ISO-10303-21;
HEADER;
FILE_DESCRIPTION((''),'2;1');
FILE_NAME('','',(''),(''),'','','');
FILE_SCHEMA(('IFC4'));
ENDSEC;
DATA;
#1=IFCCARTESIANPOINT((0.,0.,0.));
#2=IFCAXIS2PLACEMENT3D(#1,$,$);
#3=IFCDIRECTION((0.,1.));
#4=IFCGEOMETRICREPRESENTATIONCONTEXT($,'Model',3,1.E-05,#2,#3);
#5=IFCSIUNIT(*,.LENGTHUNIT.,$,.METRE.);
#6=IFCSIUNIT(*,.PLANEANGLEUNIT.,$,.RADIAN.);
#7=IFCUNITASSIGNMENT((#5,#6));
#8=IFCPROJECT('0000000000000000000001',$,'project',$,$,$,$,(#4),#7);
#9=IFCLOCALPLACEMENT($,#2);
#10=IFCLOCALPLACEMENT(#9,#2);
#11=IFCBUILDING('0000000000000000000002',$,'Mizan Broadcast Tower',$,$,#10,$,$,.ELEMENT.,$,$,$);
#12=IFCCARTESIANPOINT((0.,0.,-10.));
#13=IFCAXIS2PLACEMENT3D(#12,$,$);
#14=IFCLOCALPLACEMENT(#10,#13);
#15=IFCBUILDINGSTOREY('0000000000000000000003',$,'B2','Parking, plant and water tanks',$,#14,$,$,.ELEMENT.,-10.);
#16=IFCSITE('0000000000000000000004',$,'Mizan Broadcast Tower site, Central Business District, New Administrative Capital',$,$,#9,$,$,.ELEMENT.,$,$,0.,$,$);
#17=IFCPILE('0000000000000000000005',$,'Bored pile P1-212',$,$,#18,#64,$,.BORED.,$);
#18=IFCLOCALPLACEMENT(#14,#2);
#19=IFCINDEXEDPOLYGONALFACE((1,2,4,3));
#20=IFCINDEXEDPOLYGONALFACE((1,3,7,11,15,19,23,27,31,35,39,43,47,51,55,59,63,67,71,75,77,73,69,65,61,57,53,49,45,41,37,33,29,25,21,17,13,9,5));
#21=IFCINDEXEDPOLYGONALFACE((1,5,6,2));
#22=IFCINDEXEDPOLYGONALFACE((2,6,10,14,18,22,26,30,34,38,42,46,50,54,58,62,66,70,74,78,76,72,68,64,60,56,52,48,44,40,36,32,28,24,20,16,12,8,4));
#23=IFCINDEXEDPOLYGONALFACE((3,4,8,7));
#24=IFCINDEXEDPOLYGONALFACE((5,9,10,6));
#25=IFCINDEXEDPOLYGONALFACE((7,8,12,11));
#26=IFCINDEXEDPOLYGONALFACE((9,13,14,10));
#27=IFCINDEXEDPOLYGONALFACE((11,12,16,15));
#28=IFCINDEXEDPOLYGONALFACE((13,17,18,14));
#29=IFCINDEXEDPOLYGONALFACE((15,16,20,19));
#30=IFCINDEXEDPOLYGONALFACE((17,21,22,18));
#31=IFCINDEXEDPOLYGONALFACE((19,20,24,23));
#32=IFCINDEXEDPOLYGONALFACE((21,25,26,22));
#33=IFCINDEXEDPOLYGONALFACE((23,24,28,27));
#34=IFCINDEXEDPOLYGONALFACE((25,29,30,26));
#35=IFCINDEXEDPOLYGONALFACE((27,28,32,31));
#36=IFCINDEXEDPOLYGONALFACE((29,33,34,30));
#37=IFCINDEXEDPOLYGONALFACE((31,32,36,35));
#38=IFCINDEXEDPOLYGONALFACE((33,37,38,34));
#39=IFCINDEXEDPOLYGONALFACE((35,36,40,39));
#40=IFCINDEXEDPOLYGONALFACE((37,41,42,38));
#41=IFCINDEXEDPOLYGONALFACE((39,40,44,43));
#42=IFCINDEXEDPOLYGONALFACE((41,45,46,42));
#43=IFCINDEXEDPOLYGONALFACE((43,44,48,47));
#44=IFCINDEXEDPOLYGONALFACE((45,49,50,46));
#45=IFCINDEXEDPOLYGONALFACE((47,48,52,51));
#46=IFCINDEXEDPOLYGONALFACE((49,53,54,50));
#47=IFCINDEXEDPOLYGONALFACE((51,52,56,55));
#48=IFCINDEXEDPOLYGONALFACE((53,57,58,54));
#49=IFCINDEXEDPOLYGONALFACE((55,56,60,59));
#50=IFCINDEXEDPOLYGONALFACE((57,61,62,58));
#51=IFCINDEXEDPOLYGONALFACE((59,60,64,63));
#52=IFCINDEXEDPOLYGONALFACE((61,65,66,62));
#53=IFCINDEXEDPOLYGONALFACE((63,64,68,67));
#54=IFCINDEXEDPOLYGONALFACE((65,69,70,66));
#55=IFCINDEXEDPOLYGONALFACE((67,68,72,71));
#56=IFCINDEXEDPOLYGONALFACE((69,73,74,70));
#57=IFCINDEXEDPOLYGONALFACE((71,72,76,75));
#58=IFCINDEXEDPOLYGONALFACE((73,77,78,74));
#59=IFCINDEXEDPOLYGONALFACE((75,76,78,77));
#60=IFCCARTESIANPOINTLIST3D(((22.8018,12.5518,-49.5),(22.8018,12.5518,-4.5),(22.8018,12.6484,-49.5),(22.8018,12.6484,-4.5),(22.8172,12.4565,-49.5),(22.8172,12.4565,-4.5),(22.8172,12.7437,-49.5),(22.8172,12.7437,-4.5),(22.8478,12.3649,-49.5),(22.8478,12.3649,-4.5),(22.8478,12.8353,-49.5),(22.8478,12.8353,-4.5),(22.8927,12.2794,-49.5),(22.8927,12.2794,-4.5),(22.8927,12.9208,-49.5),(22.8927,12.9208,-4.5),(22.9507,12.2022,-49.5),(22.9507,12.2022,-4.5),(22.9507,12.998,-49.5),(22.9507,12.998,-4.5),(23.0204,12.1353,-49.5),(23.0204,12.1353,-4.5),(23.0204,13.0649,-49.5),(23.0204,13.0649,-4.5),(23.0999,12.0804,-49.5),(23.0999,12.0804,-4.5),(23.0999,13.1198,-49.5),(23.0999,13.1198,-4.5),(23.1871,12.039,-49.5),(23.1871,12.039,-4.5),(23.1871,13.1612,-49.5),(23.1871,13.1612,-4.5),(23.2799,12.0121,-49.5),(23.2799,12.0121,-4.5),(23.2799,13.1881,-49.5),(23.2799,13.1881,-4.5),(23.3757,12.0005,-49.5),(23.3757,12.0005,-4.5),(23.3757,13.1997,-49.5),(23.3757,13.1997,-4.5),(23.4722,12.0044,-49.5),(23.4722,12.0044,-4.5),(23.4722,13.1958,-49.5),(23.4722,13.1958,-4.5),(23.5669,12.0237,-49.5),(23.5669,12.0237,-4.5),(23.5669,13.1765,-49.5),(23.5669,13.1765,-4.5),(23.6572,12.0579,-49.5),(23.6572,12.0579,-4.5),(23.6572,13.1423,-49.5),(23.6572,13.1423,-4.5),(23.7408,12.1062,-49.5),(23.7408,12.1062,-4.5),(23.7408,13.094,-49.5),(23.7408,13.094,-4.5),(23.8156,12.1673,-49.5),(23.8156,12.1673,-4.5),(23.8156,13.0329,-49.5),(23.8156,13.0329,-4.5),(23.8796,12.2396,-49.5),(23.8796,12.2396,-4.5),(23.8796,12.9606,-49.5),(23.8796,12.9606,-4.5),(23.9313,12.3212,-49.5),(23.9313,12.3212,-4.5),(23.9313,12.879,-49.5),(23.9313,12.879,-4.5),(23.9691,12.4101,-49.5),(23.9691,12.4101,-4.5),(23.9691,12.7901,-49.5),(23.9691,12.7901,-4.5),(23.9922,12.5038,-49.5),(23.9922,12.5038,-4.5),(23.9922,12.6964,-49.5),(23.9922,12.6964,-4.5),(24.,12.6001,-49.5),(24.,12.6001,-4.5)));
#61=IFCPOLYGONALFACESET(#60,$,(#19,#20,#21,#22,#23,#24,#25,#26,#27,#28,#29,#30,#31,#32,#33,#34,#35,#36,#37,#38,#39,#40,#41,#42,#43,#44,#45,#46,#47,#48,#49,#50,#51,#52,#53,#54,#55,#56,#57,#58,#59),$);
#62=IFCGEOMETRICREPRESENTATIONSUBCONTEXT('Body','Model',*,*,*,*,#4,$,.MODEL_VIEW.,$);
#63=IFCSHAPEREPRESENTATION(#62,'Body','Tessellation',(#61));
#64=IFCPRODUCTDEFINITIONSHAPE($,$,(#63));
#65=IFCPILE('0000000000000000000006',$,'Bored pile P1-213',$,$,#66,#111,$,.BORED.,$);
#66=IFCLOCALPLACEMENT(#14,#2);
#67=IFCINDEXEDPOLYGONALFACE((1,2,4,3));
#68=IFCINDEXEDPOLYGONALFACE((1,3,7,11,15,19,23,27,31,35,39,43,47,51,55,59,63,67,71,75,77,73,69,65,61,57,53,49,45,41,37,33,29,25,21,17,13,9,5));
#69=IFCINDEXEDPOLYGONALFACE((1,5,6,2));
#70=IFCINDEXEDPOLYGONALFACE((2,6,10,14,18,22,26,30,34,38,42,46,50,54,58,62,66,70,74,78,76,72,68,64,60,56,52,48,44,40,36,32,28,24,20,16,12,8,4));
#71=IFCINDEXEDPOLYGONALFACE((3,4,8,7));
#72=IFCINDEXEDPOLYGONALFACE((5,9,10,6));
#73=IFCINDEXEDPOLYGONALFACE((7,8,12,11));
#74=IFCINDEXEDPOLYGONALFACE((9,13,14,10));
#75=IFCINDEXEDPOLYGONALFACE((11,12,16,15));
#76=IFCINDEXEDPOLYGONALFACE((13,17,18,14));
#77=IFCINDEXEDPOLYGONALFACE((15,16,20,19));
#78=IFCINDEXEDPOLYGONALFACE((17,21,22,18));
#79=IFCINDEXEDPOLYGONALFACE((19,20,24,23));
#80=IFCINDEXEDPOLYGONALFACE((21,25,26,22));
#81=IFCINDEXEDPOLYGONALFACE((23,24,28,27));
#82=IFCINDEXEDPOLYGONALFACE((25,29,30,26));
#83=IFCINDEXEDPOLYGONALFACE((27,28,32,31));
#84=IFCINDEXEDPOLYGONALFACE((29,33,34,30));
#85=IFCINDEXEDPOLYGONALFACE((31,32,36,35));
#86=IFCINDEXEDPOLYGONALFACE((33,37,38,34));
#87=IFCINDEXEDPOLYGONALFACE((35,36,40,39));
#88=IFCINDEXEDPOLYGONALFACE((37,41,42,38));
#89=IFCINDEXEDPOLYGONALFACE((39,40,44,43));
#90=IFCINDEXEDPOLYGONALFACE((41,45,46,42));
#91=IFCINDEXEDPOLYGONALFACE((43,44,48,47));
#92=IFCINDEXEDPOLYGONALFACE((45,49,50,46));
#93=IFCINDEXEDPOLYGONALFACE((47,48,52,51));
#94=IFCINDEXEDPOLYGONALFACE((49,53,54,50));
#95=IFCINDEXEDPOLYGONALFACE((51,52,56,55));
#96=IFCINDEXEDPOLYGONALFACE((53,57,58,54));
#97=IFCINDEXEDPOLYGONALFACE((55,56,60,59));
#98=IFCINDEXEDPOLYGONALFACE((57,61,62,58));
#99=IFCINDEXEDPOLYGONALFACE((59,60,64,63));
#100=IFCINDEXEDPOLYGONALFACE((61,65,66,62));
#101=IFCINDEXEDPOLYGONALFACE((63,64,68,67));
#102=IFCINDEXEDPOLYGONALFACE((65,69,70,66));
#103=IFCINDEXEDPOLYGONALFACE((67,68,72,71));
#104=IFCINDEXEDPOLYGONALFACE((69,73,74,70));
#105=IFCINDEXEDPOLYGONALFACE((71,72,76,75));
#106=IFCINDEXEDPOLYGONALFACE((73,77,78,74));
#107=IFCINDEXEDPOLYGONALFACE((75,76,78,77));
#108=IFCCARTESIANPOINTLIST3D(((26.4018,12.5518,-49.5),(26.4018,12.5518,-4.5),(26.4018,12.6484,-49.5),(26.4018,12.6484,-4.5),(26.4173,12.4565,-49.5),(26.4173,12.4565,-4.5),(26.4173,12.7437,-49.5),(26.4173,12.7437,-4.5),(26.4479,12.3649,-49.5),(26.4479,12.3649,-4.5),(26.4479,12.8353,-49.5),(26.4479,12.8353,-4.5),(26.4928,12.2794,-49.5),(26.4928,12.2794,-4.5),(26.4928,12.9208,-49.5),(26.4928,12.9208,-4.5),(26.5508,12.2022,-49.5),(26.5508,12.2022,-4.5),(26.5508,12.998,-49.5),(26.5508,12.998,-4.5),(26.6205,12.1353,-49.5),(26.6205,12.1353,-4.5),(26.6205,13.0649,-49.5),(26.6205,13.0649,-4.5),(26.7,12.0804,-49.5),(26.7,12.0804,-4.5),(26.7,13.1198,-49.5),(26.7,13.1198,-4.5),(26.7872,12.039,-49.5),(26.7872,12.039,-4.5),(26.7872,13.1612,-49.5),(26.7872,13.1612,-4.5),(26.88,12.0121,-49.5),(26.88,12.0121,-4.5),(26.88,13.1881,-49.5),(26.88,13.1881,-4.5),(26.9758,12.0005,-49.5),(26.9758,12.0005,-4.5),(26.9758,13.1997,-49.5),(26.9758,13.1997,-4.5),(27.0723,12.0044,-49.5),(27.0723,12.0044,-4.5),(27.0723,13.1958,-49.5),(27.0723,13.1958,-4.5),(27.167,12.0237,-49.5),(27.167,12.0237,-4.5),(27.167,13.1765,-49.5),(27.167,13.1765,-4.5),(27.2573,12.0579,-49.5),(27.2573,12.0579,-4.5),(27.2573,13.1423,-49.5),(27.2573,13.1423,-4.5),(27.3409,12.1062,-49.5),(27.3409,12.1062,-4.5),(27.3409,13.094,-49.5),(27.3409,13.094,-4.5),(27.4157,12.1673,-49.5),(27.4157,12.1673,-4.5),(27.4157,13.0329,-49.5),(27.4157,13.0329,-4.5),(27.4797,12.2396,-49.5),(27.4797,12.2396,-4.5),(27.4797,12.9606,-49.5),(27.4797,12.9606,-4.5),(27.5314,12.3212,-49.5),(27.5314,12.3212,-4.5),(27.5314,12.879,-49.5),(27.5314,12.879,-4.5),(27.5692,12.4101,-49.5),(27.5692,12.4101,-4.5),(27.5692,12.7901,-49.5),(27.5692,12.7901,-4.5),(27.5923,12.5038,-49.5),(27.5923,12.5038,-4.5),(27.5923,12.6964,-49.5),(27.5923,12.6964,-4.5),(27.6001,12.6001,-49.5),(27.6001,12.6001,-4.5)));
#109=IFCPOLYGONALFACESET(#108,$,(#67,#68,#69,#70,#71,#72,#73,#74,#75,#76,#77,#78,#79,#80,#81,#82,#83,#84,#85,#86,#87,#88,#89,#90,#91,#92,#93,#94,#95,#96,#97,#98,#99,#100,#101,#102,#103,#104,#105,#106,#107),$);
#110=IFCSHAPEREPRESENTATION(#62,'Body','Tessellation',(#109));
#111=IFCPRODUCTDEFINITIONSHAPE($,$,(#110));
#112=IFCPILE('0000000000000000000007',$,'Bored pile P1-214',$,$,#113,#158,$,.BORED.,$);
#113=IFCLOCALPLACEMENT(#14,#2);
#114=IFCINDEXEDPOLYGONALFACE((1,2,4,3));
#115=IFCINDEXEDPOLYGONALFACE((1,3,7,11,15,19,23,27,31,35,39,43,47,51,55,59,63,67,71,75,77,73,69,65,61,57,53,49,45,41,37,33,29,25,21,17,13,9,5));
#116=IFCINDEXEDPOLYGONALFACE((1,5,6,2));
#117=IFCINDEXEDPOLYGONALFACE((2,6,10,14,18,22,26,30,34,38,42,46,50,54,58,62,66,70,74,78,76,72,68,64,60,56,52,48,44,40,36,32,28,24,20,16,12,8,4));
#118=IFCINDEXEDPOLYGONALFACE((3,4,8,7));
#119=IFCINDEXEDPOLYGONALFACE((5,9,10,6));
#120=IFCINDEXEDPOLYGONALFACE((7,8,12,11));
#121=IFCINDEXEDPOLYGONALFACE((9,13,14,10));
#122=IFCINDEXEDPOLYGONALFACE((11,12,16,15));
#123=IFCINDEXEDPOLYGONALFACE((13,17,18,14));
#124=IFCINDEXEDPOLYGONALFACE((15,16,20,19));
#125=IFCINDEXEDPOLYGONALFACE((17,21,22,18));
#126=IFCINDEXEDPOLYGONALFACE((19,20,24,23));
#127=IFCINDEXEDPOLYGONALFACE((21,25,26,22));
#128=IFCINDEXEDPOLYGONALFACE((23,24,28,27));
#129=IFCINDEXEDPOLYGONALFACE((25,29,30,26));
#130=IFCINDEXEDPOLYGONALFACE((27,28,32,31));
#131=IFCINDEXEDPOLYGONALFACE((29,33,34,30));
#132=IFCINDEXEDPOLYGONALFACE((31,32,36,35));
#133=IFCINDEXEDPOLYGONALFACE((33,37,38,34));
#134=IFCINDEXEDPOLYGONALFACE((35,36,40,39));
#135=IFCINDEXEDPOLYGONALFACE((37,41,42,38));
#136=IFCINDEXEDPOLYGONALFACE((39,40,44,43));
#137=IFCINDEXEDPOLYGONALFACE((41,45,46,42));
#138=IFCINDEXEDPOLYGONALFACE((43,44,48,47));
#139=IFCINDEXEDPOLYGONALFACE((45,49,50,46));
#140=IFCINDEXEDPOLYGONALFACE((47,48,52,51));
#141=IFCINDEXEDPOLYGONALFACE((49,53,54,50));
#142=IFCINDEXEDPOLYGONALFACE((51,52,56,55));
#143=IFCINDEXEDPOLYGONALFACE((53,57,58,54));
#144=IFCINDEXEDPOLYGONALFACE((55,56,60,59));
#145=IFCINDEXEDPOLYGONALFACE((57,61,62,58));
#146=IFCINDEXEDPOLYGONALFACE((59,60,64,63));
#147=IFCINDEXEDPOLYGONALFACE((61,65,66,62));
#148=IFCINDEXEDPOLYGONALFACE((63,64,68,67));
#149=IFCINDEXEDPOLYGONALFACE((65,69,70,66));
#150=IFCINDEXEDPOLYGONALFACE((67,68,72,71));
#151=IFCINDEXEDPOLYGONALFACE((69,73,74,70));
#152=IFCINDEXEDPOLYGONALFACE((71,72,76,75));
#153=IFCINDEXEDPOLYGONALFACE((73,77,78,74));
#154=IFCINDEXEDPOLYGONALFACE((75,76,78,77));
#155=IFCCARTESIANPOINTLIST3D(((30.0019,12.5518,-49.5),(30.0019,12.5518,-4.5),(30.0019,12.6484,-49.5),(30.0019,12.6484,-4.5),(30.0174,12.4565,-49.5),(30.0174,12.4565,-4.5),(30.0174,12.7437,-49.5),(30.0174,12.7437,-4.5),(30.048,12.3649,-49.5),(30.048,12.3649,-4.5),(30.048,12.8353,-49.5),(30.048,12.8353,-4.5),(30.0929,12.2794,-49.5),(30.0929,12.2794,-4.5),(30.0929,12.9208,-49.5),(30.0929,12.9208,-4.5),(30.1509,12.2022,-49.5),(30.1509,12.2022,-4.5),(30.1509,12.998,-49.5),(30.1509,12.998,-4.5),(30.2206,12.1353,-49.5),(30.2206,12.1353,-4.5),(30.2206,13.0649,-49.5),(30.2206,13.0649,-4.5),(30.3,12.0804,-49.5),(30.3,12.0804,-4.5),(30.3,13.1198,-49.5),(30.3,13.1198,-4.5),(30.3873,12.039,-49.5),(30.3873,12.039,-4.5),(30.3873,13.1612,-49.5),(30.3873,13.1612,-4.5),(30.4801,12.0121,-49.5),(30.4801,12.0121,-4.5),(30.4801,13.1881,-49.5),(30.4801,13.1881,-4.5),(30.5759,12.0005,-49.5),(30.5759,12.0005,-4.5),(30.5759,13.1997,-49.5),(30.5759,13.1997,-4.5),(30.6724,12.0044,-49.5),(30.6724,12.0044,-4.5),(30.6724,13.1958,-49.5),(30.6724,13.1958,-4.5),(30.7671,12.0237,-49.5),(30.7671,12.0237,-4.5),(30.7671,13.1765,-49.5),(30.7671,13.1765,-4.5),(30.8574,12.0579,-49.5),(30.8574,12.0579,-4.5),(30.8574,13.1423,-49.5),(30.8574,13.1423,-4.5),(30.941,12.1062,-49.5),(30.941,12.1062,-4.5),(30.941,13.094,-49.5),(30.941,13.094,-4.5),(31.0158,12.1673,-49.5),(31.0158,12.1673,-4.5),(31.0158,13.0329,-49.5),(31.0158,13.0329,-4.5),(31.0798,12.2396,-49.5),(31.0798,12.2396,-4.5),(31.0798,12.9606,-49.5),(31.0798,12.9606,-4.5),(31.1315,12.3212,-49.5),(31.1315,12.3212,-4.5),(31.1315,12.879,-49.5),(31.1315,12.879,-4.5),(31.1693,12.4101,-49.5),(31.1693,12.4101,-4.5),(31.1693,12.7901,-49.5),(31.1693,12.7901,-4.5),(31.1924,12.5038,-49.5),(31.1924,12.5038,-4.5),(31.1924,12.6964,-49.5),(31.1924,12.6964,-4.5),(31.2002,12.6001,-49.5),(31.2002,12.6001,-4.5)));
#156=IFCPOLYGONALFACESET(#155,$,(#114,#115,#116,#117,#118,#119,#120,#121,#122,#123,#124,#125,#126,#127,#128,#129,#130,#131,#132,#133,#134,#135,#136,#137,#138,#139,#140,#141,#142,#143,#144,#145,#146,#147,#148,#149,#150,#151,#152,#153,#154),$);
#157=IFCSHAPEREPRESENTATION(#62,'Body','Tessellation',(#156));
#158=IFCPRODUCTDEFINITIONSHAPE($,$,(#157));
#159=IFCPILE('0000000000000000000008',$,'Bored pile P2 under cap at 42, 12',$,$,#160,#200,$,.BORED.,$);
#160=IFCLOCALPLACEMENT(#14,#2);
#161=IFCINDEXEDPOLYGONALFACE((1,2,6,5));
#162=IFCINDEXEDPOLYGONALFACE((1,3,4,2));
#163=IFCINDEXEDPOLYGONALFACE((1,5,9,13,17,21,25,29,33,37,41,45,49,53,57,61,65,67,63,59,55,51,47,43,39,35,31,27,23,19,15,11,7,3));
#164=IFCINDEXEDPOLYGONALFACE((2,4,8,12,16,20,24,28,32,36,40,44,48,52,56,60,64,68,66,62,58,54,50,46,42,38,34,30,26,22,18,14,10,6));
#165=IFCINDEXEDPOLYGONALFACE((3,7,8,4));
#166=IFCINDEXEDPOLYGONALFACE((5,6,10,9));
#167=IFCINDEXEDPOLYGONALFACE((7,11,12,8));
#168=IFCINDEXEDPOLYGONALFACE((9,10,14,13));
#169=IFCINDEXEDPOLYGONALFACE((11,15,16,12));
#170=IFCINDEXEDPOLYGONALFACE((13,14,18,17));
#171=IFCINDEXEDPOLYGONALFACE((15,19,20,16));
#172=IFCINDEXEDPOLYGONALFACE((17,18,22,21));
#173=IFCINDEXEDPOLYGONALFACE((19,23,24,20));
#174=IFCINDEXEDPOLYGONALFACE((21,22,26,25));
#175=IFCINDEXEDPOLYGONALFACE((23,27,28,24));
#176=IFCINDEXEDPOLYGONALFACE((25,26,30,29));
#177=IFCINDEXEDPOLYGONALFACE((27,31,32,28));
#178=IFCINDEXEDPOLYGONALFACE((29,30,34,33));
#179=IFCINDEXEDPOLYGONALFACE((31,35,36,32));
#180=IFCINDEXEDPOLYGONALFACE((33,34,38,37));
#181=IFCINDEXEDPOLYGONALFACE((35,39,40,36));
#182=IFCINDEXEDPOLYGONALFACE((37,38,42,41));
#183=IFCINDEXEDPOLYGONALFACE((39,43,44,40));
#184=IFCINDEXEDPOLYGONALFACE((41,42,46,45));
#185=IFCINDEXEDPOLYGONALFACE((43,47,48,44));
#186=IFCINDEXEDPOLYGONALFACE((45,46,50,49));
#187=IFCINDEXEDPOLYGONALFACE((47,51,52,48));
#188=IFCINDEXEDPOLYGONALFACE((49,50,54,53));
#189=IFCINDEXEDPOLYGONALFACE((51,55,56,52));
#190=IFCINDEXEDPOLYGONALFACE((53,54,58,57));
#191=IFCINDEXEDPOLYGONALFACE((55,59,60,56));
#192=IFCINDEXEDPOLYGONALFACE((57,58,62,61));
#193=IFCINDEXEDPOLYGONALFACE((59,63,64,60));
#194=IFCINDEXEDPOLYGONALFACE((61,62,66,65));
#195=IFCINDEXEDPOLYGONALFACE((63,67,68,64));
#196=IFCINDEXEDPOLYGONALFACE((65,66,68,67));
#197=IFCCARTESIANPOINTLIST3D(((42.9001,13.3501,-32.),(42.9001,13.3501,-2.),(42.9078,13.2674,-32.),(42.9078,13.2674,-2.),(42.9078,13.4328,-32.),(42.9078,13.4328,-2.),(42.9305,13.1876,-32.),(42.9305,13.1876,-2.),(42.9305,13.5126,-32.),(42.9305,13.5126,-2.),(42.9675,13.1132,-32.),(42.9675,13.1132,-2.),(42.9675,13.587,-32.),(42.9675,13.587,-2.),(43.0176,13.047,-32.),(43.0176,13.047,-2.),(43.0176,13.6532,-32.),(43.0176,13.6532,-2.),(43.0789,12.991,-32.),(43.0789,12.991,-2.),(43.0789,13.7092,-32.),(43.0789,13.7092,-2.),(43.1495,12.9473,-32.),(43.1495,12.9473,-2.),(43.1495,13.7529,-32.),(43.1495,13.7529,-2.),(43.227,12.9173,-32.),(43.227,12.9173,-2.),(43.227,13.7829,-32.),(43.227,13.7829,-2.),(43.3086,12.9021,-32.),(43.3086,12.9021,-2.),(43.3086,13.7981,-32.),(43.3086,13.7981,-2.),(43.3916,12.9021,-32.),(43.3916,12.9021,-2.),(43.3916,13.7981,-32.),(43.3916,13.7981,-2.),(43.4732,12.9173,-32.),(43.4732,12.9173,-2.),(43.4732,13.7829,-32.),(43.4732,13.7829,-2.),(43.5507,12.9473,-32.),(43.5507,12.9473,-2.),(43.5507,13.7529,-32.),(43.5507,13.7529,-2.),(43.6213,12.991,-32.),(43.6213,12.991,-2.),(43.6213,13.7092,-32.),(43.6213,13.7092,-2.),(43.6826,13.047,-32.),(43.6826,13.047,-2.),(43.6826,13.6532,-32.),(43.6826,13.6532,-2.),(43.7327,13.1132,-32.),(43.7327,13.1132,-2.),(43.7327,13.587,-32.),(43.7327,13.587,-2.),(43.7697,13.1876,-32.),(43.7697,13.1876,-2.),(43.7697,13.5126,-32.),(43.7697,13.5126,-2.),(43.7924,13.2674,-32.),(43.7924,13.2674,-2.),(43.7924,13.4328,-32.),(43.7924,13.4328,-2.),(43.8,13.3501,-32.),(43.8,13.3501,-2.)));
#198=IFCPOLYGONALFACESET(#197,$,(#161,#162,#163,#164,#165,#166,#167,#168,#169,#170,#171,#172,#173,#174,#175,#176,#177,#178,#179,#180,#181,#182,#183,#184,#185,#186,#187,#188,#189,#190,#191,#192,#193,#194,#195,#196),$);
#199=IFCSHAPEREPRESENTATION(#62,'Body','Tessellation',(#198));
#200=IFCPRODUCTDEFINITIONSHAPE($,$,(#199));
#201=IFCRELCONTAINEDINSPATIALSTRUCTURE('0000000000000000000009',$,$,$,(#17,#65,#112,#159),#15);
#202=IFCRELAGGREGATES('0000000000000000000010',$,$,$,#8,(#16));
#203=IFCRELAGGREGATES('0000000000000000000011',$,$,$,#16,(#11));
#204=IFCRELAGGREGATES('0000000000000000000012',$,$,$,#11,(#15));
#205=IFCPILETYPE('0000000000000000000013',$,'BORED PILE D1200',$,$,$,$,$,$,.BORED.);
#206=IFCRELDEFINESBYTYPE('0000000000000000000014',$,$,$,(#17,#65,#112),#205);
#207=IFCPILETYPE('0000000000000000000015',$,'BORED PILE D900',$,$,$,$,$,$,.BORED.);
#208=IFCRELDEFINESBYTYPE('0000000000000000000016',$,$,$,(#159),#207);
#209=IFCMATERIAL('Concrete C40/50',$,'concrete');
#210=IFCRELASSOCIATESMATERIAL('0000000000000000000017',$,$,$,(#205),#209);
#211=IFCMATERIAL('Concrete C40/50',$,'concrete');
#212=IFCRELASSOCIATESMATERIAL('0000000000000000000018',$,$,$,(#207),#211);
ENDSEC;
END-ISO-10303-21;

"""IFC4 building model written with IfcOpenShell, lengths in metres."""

from ifc_helpers import new_model, si_unit, direction, frame, origin, origin_2d, place, context, subcontext, project, spatial, circle, extrude, material, material_profile, profile_set, type_object, element, save


model = new_model("IFC4")

# Units and contexts
model_context = context("Model", 3, precision=1e-05, world=origin(), true_north=direction((0.0, 1.0)))
body_context = subcontext(model_context, "Body", "Model", "MODEL_VIEW")
ifc_project = project(units=[si_unit("LENGTHUNIT", "METRE"), si_unit("PLANEANGLEUNIT", "RADIAN")], contexts=[model_context])

# Site, building, storey
site_placement = place(None, origin())
site = spatial("IfcSite", under=ifc_project, at=site_placement, Name="Mizan Broadcast Tower site, Central Business District, New Administrative Capital", CompositionType="ELEMENT", RefElevation=0.0)
building_placement = place(site_placement, origin())
building = spatial("IfcBuilding", under=site, at=building_placement, Name="Mizan Broadcast Tower", CompositionType="ELEMENT")
storey_placement = place(building_placement, frame((0.0, 0.0, -10.0)))
storey = spatial("IfcBuildingStorey", under=building, at=storey_placement, Name="B2", Description="Parking, plant and water tanks", CompositionType="ELEMENT", Elevation=-10.0)

# Piles
ifc_material_1 = material(Name="Concrete C40/50", Category="concrete")
ifc_material_profile_1 = material_profile(ifc_material_1, circle(Radius=0.6001, at=origin_2d()), Name="D1200")
ifc_profile_set_1 = profile_set([ifc_material_profile_1], Name="Concrete C40/50")
pile_type_1 = type_object("IfcPileType", Name="BORED PILE D1200", PredefinedType="BORED", material=ifc_profile_set_1)
for number, where, z_axis, x_axis, name in (
    (1, (23.3999, 12.6001, -4.5), (0.0, 0.0, -1.0), (1.0, 0.0, 0.0), "Bored pile P1-212"),
    (2, (27.0, 12.6001, -4.5), (0.0, 0.0, -1.0), (1.0, 0.0, 0.0), "Bored pile P1-213"),
    (3, (30.6001, 12.6001, -4.5), (0.0, 0.0, -1.0), (1.0, 0.0, 0.0), "Bored pile P1-214"),
):
    element("IfcPile", number, at=place(storey_placement, frame(where, z_axis=z_axis, x_axis=x_axis)), inside=storey, type_object=pile_type_1, Name=name, PredefinedType="BORED", context=body_context, shape_type="SweptSolid", body=[
        extrude(circle(Radius=0.6001, at=origin_2d()), origin(), (0.0, 0.0, 1.0), 45.0),
    ])
ifc_material_2 = material(Name="Concrete C40/50", Category="concrete")
ifc_material_profile_2 = material_profile(ifc_material_2, circle(Radius=0.45, at=origin_2d()), Name="D900")
ifc_profile_set_2 = profile_set([ifc_material_profile_2], Name="Concrete C40/50")
pile_type_2 = type_object("IfcPileType", Name="BORED PILE D900", PredefinedType="BORED", material=ifc_profile_set_2)
for number, where, z_axis, x_axis, name in (
    (4, (43.3501, 13.3501, -2.0), (0.0, 0.0, -1.0), (1.0, 0.0, 0.0), "Bored pile P2 under cap at 42, 12"),
):
    element("IfcPile", number, at=place(storey_placement, frame(where, z_axis=z_axis, x_axis=x_axis)), inside=storey, type_object=pile_type_2, Name=name, PredefinedType="BORED", context=body_context, shape_type="SweptSolid", body=[
        extrude(circle(Radius=0.45, at=origin_2d()), origin(), (0.0, 0.0, 1.0), 30.0),
    ])

save(model, "model.ifc")
